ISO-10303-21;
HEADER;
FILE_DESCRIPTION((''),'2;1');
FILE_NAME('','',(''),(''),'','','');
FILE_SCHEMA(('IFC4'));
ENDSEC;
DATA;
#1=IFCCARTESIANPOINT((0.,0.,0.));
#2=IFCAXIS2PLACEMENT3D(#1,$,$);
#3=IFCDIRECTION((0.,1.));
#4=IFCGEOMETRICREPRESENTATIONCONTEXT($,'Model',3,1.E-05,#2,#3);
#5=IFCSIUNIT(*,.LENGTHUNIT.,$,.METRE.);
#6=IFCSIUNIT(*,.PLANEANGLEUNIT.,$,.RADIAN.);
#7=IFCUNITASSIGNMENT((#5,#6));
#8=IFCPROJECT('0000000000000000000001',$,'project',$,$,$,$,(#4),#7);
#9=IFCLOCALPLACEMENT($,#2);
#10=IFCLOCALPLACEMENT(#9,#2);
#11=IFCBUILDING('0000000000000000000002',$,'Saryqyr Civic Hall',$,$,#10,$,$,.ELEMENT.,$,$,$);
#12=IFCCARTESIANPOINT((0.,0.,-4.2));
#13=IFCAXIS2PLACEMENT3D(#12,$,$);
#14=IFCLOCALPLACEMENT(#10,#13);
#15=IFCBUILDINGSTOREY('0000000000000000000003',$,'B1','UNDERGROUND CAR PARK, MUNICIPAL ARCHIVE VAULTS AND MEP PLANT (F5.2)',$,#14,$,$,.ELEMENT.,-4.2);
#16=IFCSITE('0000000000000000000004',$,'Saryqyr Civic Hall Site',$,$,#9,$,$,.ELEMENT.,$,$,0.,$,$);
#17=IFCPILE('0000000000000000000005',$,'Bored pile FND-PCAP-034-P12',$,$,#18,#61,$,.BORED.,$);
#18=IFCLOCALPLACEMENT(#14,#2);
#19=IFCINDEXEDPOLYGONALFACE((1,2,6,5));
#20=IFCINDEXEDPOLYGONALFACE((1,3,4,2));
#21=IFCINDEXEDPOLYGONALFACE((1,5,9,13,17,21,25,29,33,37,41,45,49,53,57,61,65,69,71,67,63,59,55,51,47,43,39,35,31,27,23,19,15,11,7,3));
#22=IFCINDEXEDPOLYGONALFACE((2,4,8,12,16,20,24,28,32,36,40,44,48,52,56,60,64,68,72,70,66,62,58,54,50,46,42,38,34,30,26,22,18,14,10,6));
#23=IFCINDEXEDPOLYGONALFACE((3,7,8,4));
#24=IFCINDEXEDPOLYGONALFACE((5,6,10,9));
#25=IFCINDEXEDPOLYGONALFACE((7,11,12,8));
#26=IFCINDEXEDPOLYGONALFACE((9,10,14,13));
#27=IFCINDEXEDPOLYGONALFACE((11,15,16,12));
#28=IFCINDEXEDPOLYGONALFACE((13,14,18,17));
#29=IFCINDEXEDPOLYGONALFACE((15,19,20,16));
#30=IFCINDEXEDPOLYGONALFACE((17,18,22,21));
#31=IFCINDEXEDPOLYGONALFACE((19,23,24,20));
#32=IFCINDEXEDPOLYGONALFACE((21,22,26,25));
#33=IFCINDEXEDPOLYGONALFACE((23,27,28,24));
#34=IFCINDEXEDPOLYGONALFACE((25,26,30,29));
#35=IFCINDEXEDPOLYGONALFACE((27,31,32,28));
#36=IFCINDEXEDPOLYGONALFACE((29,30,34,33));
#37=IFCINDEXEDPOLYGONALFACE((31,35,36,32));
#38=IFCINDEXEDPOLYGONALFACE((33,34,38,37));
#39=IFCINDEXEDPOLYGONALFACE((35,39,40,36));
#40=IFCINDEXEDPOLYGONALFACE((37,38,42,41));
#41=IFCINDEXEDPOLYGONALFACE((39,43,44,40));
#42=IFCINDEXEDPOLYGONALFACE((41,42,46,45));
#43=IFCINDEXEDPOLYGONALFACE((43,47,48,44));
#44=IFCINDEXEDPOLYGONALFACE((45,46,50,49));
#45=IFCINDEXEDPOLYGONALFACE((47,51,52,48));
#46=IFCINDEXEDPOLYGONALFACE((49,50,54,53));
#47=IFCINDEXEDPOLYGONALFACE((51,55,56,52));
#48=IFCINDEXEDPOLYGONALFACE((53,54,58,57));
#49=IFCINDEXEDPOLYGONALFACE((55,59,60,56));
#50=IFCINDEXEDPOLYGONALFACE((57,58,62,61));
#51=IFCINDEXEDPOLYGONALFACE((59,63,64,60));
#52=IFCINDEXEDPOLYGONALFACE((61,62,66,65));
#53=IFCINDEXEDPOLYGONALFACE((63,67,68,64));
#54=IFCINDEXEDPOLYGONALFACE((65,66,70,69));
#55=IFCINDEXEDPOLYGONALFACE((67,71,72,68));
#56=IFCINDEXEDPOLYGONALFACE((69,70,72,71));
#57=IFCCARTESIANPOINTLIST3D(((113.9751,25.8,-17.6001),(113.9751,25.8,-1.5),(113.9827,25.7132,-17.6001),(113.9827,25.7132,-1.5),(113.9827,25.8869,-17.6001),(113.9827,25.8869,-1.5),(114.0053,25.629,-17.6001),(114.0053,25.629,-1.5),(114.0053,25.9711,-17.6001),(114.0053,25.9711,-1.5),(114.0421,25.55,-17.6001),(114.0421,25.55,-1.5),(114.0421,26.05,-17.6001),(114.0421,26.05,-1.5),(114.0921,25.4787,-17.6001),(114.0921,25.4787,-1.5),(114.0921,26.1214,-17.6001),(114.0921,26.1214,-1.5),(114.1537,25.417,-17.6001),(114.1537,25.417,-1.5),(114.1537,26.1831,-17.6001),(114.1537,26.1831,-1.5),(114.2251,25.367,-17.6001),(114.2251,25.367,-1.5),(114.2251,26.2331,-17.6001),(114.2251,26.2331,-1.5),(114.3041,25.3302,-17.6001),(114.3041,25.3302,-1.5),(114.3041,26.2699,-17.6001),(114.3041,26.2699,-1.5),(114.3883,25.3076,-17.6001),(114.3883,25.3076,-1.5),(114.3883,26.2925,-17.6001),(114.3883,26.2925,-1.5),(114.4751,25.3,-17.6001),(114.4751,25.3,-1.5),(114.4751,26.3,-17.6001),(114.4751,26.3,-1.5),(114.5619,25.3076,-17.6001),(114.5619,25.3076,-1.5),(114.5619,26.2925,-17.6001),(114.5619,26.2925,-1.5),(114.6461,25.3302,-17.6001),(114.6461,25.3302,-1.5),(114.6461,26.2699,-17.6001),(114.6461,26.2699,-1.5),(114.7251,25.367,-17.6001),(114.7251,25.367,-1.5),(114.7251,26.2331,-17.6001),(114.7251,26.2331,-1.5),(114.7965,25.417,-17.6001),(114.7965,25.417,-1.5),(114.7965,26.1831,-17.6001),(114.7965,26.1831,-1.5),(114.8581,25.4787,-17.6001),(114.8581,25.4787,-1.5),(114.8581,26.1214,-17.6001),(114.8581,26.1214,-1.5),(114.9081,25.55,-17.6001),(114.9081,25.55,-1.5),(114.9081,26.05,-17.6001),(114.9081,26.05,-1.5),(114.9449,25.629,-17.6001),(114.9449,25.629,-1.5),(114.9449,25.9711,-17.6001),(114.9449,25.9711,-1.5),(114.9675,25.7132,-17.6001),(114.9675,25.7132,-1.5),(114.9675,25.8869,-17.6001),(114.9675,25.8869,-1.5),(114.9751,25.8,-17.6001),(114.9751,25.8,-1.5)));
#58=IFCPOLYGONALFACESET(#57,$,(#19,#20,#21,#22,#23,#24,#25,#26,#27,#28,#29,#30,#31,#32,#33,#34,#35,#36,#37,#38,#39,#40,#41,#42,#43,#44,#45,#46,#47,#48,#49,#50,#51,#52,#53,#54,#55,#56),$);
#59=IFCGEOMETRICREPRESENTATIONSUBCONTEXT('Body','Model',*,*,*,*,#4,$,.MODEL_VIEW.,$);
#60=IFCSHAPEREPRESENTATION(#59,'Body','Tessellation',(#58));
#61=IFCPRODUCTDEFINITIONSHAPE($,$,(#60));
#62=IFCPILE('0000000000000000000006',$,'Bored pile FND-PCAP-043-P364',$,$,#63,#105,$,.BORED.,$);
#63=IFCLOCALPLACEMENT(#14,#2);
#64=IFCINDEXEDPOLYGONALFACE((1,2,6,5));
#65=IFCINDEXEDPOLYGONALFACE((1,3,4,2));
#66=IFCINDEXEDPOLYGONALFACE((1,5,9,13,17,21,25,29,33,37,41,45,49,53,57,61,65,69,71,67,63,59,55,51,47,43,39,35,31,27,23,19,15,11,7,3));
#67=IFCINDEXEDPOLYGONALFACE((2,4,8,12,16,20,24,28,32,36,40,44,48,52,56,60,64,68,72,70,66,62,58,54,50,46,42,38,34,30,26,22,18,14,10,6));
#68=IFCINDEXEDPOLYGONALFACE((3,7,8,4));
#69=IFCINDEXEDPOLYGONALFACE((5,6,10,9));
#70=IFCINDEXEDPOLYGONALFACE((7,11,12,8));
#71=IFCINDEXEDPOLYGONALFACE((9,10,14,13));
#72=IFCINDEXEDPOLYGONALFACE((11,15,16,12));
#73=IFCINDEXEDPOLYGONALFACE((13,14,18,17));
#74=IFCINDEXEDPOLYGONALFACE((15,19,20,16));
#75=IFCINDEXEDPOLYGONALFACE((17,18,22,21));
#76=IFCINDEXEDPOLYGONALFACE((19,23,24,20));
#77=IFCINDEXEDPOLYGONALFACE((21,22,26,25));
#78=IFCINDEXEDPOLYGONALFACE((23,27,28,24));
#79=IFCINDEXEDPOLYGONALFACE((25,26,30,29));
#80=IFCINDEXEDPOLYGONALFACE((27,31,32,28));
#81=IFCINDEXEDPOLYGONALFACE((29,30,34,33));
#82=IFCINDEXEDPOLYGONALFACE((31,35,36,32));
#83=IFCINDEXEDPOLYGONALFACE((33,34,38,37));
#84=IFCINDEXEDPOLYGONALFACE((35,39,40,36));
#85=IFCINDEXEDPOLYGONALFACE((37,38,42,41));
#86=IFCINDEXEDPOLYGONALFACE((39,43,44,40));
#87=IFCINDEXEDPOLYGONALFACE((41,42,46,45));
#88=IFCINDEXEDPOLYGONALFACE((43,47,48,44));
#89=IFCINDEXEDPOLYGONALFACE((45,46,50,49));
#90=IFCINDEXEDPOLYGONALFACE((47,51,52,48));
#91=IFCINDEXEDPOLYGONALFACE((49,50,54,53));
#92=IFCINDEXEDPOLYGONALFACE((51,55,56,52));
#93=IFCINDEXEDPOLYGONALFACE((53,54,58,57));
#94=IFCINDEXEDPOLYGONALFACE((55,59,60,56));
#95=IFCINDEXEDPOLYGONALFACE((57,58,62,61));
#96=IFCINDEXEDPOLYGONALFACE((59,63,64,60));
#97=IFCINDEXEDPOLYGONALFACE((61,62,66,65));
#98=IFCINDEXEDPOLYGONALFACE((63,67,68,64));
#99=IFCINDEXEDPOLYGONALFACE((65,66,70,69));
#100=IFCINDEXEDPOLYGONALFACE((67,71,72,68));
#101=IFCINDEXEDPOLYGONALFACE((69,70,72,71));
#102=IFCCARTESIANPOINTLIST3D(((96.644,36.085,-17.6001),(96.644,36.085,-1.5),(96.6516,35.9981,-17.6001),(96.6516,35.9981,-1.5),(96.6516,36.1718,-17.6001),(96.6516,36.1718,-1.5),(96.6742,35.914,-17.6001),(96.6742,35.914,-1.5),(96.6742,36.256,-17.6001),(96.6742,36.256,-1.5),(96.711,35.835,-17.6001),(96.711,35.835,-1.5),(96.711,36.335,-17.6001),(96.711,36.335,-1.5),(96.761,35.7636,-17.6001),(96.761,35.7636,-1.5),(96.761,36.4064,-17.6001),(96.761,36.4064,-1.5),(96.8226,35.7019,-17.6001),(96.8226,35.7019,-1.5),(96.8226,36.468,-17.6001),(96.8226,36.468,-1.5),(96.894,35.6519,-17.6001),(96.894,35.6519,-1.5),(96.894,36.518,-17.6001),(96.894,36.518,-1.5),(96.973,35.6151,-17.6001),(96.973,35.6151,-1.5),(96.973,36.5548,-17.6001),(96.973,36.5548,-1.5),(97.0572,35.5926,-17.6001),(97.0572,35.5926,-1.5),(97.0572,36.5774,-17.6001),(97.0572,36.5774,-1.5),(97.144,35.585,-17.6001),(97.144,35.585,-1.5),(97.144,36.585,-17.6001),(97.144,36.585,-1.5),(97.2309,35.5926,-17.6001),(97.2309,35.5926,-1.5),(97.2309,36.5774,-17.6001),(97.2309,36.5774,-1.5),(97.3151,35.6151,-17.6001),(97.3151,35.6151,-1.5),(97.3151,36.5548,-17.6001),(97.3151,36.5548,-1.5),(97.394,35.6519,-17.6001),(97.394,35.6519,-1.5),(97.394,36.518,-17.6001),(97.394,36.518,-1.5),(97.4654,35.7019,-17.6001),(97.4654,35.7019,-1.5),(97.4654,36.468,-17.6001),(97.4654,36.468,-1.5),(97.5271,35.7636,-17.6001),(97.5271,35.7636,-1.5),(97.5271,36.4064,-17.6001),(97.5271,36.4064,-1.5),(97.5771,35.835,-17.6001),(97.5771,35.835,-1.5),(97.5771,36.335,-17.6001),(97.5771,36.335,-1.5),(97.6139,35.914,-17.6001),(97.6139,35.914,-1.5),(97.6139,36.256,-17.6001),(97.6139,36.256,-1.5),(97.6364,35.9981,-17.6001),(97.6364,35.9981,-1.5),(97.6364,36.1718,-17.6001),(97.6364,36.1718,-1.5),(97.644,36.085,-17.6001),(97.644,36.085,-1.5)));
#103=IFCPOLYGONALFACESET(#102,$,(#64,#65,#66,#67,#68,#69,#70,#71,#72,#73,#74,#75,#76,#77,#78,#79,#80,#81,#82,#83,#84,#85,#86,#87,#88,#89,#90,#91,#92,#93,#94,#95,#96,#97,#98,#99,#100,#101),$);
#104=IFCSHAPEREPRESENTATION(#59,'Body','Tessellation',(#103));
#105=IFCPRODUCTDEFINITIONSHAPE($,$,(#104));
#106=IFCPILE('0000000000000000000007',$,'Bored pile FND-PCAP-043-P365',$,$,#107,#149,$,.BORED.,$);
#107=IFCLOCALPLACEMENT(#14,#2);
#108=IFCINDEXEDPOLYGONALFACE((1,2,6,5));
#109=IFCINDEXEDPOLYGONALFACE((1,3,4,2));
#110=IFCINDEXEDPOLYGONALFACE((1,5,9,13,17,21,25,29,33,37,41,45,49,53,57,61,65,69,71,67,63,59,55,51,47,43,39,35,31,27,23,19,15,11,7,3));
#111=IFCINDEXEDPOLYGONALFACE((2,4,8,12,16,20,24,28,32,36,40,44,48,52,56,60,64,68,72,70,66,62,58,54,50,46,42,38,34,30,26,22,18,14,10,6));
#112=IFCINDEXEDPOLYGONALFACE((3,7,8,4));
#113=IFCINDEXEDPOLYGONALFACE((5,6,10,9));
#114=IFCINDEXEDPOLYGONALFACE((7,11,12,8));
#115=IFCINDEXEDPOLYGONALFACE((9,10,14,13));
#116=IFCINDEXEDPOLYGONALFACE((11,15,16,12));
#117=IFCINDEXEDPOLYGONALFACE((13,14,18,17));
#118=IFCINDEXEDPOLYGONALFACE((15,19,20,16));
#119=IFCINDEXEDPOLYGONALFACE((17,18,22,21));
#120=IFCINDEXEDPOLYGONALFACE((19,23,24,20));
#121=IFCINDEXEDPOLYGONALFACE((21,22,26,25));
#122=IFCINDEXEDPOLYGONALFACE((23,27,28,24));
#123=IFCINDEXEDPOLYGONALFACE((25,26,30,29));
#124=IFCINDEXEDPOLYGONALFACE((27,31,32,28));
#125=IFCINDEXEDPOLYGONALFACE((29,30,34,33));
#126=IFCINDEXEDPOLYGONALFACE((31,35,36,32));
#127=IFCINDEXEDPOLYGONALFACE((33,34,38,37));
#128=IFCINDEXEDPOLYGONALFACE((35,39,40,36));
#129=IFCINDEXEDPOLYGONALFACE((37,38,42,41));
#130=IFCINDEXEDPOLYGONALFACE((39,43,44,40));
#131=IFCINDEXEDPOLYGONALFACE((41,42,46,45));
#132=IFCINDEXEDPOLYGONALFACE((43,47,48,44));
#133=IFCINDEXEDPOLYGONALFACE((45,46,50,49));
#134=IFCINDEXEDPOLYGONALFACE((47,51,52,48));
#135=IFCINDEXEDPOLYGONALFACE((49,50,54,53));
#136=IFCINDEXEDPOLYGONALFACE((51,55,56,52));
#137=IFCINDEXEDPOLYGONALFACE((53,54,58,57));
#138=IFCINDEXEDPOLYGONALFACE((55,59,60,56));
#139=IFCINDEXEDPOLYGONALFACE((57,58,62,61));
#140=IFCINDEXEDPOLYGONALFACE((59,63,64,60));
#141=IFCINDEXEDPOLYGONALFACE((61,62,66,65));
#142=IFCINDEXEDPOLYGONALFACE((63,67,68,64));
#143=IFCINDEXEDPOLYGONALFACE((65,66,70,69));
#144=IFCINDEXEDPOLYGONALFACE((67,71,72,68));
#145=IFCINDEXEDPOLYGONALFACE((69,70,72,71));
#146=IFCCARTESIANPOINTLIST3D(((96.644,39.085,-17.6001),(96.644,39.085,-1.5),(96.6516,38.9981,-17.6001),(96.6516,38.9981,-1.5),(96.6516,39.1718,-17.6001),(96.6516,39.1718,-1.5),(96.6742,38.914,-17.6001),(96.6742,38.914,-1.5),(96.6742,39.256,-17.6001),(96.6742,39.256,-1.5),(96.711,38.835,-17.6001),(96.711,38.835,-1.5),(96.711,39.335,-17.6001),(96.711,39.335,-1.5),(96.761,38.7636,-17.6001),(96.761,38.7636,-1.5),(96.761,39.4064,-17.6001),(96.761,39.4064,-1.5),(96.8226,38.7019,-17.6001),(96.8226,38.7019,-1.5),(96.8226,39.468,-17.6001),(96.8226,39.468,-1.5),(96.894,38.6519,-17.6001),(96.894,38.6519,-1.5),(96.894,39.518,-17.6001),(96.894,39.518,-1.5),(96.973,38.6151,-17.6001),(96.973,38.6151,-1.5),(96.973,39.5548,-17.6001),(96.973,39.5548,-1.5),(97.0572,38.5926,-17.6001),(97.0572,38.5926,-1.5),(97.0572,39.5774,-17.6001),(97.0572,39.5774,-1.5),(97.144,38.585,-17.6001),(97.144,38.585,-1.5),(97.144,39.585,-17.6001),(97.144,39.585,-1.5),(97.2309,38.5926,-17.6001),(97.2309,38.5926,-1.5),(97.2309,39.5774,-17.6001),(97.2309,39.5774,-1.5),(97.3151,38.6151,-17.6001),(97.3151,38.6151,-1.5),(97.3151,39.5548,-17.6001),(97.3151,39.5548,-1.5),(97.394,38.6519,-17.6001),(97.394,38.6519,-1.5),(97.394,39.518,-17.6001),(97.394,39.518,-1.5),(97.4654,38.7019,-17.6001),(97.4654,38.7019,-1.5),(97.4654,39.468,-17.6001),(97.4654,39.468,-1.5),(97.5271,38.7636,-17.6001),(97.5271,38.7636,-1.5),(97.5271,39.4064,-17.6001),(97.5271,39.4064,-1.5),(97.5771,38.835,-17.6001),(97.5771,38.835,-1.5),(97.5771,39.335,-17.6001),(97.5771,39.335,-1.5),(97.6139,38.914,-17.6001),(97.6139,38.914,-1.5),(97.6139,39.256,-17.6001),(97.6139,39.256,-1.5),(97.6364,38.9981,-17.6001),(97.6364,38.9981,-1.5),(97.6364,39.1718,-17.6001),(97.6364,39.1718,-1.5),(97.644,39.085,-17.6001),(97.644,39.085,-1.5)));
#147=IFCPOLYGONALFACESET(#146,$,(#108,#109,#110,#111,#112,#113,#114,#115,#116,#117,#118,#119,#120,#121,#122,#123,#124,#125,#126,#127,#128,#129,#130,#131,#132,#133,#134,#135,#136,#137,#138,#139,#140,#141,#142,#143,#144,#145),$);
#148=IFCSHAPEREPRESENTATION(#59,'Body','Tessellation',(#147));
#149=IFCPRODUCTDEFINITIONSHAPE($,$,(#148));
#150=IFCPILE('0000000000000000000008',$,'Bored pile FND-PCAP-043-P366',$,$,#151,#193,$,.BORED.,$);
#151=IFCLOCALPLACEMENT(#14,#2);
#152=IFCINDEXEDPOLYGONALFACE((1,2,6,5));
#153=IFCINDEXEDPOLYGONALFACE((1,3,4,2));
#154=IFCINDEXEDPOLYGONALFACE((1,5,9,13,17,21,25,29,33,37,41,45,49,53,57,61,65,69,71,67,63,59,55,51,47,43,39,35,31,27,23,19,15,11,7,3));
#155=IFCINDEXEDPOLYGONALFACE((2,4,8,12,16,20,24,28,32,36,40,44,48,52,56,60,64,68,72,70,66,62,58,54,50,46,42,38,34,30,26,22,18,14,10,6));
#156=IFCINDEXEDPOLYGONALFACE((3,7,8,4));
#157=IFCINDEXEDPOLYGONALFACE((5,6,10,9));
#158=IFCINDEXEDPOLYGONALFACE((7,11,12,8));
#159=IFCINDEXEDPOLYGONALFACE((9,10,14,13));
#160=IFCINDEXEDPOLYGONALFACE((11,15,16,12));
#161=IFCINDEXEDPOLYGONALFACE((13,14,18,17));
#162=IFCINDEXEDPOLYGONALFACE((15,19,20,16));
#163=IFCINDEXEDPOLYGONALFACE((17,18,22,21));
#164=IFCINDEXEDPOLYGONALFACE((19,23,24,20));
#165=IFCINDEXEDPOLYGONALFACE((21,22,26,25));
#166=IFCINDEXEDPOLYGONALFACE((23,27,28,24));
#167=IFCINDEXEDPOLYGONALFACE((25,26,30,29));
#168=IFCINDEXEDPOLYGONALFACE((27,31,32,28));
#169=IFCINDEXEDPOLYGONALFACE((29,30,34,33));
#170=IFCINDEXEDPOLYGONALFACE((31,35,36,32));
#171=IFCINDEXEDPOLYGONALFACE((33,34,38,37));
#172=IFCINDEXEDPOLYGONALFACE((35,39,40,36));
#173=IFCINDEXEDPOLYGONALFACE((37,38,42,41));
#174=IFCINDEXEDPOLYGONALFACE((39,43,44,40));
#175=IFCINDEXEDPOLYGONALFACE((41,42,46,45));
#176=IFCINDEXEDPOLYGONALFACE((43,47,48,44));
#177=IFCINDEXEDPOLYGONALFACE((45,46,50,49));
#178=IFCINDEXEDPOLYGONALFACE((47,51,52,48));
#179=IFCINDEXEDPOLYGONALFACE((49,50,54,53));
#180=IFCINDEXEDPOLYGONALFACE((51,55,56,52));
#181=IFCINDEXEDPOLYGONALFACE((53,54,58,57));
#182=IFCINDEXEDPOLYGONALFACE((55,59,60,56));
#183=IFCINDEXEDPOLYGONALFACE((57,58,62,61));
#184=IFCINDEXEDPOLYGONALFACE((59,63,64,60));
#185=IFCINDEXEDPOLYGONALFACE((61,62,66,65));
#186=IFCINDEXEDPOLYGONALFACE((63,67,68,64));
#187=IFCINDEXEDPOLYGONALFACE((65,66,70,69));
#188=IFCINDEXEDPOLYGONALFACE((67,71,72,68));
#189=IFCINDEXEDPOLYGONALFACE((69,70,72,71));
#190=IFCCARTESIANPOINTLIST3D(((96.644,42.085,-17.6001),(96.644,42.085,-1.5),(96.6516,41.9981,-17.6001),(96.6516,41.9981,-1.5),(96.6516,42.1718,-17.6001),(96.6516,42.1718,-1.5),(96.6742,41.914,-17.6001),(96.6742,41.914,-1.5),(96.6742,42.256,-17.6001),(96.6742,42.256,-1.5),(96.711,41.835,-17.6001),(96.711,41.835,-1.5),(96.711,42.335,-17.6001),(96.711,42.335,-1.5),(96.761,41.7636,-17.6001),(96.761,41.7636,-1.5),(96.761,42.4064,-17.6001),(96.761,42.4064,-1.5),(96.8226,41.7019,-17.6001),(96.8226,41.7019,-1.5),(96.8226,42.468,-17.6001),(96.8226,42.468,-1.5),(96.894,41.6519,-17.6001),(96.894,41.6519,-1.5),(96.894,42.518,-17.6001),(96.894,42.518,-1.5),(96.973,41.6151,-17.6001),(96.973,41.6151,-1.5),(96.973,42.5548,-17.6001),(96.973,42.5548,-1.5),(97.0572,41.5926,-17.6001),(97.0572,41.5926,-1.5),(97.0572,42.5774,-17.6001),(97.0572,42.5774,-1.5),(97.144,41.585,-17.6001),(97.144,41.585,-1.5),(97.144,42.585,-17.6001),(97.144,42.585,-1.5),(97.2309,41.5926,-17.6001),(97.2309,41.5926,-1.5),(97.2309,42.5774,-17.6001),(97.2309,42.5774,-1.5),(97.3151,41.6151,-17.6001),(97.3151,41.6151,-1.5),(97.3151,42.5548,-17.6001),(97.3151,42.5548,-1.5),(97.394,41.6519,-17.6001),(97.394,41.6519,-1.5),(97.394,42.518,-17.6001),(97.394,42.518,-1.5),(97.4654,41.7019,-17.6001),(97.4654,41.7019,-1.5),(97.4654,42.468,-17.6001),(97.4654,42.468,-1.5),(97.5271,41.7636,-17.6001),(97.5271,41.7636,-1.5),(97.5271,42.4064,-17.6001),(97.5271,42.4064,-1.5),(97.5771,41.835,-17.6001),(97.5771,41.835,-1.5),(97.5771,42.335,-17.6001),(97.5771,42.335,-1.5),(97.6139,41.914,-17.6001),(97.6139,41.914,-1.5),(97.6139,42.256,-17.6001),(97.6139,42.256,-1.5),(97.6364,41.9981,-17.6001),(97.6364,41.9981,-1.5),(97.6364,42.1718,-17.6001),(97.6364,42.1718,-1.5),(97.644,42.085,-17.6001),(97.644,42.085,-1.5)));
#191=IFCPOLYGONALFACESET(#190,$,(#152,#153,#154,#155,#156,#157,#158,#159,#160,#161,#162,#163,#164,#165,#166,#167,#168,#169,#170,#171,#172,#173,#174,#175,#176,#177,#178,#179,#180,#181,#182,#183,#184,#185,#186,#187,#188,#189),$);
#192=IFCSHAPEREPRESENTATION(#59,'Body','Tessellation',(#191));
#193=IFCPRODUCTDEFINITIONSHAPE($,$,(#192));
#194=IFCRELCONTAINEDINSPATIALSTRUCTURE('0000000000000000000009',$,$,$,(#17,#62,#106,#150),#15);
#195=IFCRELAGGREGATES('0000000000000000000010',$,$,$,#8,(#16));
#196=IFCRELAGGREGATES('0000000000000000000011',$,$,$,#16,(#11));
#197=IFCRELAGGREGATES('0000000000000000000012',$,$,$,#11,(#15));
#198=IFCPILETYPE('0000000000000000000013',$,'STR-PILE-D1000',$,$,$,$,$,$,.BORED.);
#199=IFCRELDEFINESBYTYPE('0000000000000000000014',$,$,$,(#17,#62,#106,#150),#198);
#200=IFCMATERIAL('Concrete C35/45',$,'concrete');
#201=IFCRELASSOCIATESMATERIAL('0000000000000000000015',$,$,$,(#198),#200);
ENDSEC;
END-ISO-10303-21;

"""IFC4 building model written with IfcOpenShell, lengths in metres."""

from ifc_helpers import new_model, si_unit, direction, frame, origin, origin_2d, place, context, subcontext, project, spatial, circle, extrude, material, material_profile, profile_set, type_object, element, save


model = new_model("IFC4")

# Units and contexts
model_context = context("Model", 3, precision=1e-05, world=origin(), true_north=direction((0.0, 1.0)))
body_context = subcontext(model_context, "Body", "Model", "MODEL_VIEW")
ifc_project = project(units=[si_unit("LENGTHUNIT", "METRE"), si_unit("PLANEANGLEUNIT", "RADIAN")], contexts=[model_context])

# Site, building, storey
site_placement = place(None, origin())
site = spatial("IfcSite", under=ifc_project, at=site_placement, Name="Saryqyr Civic Hall Site", CompositionType="ELEMENT", RefElevation=0.0)
building_placement = place(site_placement, origin())
building = spatial("IfcBuilding", under=site, at=building_placement, Name="Saryqyr Civic Hall", CompositionType="ELEMENT")
storey_placement = place(building_placement, frame((0.0, 0.0, -4.2)))
storey = spatial("IfcBuildingStorey", under=building, at=storey_placement, Name="B1", Description="UNDERGROUND CAR PARK, MUNICIPAL ARCHIVE VAULTS AND MEP PLANT (F5.2)", CompositionType="ELEMENT", Elevation=-4.2)

# Shared definitions
ifc_material_1 = material(Name="Concrete C35/45", Category="concrete")

# Piles
ifc_material_profile_1 = material_profile(ifc_material_1, circle(Radius=0.5, at=origin_2d()), Name="BORED PILE D1000")
ifc_profile_set_1 = profile_set([ifc_material_profile_1], Name="Concrete C35/45")
pile_type_1 = type_object("IfcPileType", Name="STR-PILE-D1000", PredefinedType="BORED", material=ifc_profile_set_1)
for number, where, z_axis, x_axis, name in (
    (1, (114.4751, 25.8, -1.5), (0.0, 0.0, -1.0), (1.0, 0.0, 0.0), "Bored pile FND-PCAP-034-P12"),
    (2, (97.144, 36.085, -1.5), (0.0, 0.0, -1.0), (1.0, 0.0, 0.0), "Bored pile FND-PCAP-043-P364"),
    (3, (97.144, 39.085, -1.5), (0.0, 0.0, -1.0), (1.0, 0.0, 0.0), "Bored pile FND-PCAP-043-P365"),
    (4, (97.144, 42.085, -1.5), (0.0, 0.0, -1.0), (1.0, 0.0, 0.0), "Bored pile FND-PCAP-043-P366"),
):
    element("IfcPile", number, at=place(storey_placement, frame(where, z_axis=z_axis, x_axis=x_axis)), inside=storey, type_object=pile_type_1, Name=name, PredefinedType="BORED", context=body_context, shape_type="SweptSolid", body=[
        extrude(circle(Radius=0.5, at=origin_2d()), origin(), (0.0, 0.0, 1.0), 16.1001),
    ])

save(model, "model.ifc")
